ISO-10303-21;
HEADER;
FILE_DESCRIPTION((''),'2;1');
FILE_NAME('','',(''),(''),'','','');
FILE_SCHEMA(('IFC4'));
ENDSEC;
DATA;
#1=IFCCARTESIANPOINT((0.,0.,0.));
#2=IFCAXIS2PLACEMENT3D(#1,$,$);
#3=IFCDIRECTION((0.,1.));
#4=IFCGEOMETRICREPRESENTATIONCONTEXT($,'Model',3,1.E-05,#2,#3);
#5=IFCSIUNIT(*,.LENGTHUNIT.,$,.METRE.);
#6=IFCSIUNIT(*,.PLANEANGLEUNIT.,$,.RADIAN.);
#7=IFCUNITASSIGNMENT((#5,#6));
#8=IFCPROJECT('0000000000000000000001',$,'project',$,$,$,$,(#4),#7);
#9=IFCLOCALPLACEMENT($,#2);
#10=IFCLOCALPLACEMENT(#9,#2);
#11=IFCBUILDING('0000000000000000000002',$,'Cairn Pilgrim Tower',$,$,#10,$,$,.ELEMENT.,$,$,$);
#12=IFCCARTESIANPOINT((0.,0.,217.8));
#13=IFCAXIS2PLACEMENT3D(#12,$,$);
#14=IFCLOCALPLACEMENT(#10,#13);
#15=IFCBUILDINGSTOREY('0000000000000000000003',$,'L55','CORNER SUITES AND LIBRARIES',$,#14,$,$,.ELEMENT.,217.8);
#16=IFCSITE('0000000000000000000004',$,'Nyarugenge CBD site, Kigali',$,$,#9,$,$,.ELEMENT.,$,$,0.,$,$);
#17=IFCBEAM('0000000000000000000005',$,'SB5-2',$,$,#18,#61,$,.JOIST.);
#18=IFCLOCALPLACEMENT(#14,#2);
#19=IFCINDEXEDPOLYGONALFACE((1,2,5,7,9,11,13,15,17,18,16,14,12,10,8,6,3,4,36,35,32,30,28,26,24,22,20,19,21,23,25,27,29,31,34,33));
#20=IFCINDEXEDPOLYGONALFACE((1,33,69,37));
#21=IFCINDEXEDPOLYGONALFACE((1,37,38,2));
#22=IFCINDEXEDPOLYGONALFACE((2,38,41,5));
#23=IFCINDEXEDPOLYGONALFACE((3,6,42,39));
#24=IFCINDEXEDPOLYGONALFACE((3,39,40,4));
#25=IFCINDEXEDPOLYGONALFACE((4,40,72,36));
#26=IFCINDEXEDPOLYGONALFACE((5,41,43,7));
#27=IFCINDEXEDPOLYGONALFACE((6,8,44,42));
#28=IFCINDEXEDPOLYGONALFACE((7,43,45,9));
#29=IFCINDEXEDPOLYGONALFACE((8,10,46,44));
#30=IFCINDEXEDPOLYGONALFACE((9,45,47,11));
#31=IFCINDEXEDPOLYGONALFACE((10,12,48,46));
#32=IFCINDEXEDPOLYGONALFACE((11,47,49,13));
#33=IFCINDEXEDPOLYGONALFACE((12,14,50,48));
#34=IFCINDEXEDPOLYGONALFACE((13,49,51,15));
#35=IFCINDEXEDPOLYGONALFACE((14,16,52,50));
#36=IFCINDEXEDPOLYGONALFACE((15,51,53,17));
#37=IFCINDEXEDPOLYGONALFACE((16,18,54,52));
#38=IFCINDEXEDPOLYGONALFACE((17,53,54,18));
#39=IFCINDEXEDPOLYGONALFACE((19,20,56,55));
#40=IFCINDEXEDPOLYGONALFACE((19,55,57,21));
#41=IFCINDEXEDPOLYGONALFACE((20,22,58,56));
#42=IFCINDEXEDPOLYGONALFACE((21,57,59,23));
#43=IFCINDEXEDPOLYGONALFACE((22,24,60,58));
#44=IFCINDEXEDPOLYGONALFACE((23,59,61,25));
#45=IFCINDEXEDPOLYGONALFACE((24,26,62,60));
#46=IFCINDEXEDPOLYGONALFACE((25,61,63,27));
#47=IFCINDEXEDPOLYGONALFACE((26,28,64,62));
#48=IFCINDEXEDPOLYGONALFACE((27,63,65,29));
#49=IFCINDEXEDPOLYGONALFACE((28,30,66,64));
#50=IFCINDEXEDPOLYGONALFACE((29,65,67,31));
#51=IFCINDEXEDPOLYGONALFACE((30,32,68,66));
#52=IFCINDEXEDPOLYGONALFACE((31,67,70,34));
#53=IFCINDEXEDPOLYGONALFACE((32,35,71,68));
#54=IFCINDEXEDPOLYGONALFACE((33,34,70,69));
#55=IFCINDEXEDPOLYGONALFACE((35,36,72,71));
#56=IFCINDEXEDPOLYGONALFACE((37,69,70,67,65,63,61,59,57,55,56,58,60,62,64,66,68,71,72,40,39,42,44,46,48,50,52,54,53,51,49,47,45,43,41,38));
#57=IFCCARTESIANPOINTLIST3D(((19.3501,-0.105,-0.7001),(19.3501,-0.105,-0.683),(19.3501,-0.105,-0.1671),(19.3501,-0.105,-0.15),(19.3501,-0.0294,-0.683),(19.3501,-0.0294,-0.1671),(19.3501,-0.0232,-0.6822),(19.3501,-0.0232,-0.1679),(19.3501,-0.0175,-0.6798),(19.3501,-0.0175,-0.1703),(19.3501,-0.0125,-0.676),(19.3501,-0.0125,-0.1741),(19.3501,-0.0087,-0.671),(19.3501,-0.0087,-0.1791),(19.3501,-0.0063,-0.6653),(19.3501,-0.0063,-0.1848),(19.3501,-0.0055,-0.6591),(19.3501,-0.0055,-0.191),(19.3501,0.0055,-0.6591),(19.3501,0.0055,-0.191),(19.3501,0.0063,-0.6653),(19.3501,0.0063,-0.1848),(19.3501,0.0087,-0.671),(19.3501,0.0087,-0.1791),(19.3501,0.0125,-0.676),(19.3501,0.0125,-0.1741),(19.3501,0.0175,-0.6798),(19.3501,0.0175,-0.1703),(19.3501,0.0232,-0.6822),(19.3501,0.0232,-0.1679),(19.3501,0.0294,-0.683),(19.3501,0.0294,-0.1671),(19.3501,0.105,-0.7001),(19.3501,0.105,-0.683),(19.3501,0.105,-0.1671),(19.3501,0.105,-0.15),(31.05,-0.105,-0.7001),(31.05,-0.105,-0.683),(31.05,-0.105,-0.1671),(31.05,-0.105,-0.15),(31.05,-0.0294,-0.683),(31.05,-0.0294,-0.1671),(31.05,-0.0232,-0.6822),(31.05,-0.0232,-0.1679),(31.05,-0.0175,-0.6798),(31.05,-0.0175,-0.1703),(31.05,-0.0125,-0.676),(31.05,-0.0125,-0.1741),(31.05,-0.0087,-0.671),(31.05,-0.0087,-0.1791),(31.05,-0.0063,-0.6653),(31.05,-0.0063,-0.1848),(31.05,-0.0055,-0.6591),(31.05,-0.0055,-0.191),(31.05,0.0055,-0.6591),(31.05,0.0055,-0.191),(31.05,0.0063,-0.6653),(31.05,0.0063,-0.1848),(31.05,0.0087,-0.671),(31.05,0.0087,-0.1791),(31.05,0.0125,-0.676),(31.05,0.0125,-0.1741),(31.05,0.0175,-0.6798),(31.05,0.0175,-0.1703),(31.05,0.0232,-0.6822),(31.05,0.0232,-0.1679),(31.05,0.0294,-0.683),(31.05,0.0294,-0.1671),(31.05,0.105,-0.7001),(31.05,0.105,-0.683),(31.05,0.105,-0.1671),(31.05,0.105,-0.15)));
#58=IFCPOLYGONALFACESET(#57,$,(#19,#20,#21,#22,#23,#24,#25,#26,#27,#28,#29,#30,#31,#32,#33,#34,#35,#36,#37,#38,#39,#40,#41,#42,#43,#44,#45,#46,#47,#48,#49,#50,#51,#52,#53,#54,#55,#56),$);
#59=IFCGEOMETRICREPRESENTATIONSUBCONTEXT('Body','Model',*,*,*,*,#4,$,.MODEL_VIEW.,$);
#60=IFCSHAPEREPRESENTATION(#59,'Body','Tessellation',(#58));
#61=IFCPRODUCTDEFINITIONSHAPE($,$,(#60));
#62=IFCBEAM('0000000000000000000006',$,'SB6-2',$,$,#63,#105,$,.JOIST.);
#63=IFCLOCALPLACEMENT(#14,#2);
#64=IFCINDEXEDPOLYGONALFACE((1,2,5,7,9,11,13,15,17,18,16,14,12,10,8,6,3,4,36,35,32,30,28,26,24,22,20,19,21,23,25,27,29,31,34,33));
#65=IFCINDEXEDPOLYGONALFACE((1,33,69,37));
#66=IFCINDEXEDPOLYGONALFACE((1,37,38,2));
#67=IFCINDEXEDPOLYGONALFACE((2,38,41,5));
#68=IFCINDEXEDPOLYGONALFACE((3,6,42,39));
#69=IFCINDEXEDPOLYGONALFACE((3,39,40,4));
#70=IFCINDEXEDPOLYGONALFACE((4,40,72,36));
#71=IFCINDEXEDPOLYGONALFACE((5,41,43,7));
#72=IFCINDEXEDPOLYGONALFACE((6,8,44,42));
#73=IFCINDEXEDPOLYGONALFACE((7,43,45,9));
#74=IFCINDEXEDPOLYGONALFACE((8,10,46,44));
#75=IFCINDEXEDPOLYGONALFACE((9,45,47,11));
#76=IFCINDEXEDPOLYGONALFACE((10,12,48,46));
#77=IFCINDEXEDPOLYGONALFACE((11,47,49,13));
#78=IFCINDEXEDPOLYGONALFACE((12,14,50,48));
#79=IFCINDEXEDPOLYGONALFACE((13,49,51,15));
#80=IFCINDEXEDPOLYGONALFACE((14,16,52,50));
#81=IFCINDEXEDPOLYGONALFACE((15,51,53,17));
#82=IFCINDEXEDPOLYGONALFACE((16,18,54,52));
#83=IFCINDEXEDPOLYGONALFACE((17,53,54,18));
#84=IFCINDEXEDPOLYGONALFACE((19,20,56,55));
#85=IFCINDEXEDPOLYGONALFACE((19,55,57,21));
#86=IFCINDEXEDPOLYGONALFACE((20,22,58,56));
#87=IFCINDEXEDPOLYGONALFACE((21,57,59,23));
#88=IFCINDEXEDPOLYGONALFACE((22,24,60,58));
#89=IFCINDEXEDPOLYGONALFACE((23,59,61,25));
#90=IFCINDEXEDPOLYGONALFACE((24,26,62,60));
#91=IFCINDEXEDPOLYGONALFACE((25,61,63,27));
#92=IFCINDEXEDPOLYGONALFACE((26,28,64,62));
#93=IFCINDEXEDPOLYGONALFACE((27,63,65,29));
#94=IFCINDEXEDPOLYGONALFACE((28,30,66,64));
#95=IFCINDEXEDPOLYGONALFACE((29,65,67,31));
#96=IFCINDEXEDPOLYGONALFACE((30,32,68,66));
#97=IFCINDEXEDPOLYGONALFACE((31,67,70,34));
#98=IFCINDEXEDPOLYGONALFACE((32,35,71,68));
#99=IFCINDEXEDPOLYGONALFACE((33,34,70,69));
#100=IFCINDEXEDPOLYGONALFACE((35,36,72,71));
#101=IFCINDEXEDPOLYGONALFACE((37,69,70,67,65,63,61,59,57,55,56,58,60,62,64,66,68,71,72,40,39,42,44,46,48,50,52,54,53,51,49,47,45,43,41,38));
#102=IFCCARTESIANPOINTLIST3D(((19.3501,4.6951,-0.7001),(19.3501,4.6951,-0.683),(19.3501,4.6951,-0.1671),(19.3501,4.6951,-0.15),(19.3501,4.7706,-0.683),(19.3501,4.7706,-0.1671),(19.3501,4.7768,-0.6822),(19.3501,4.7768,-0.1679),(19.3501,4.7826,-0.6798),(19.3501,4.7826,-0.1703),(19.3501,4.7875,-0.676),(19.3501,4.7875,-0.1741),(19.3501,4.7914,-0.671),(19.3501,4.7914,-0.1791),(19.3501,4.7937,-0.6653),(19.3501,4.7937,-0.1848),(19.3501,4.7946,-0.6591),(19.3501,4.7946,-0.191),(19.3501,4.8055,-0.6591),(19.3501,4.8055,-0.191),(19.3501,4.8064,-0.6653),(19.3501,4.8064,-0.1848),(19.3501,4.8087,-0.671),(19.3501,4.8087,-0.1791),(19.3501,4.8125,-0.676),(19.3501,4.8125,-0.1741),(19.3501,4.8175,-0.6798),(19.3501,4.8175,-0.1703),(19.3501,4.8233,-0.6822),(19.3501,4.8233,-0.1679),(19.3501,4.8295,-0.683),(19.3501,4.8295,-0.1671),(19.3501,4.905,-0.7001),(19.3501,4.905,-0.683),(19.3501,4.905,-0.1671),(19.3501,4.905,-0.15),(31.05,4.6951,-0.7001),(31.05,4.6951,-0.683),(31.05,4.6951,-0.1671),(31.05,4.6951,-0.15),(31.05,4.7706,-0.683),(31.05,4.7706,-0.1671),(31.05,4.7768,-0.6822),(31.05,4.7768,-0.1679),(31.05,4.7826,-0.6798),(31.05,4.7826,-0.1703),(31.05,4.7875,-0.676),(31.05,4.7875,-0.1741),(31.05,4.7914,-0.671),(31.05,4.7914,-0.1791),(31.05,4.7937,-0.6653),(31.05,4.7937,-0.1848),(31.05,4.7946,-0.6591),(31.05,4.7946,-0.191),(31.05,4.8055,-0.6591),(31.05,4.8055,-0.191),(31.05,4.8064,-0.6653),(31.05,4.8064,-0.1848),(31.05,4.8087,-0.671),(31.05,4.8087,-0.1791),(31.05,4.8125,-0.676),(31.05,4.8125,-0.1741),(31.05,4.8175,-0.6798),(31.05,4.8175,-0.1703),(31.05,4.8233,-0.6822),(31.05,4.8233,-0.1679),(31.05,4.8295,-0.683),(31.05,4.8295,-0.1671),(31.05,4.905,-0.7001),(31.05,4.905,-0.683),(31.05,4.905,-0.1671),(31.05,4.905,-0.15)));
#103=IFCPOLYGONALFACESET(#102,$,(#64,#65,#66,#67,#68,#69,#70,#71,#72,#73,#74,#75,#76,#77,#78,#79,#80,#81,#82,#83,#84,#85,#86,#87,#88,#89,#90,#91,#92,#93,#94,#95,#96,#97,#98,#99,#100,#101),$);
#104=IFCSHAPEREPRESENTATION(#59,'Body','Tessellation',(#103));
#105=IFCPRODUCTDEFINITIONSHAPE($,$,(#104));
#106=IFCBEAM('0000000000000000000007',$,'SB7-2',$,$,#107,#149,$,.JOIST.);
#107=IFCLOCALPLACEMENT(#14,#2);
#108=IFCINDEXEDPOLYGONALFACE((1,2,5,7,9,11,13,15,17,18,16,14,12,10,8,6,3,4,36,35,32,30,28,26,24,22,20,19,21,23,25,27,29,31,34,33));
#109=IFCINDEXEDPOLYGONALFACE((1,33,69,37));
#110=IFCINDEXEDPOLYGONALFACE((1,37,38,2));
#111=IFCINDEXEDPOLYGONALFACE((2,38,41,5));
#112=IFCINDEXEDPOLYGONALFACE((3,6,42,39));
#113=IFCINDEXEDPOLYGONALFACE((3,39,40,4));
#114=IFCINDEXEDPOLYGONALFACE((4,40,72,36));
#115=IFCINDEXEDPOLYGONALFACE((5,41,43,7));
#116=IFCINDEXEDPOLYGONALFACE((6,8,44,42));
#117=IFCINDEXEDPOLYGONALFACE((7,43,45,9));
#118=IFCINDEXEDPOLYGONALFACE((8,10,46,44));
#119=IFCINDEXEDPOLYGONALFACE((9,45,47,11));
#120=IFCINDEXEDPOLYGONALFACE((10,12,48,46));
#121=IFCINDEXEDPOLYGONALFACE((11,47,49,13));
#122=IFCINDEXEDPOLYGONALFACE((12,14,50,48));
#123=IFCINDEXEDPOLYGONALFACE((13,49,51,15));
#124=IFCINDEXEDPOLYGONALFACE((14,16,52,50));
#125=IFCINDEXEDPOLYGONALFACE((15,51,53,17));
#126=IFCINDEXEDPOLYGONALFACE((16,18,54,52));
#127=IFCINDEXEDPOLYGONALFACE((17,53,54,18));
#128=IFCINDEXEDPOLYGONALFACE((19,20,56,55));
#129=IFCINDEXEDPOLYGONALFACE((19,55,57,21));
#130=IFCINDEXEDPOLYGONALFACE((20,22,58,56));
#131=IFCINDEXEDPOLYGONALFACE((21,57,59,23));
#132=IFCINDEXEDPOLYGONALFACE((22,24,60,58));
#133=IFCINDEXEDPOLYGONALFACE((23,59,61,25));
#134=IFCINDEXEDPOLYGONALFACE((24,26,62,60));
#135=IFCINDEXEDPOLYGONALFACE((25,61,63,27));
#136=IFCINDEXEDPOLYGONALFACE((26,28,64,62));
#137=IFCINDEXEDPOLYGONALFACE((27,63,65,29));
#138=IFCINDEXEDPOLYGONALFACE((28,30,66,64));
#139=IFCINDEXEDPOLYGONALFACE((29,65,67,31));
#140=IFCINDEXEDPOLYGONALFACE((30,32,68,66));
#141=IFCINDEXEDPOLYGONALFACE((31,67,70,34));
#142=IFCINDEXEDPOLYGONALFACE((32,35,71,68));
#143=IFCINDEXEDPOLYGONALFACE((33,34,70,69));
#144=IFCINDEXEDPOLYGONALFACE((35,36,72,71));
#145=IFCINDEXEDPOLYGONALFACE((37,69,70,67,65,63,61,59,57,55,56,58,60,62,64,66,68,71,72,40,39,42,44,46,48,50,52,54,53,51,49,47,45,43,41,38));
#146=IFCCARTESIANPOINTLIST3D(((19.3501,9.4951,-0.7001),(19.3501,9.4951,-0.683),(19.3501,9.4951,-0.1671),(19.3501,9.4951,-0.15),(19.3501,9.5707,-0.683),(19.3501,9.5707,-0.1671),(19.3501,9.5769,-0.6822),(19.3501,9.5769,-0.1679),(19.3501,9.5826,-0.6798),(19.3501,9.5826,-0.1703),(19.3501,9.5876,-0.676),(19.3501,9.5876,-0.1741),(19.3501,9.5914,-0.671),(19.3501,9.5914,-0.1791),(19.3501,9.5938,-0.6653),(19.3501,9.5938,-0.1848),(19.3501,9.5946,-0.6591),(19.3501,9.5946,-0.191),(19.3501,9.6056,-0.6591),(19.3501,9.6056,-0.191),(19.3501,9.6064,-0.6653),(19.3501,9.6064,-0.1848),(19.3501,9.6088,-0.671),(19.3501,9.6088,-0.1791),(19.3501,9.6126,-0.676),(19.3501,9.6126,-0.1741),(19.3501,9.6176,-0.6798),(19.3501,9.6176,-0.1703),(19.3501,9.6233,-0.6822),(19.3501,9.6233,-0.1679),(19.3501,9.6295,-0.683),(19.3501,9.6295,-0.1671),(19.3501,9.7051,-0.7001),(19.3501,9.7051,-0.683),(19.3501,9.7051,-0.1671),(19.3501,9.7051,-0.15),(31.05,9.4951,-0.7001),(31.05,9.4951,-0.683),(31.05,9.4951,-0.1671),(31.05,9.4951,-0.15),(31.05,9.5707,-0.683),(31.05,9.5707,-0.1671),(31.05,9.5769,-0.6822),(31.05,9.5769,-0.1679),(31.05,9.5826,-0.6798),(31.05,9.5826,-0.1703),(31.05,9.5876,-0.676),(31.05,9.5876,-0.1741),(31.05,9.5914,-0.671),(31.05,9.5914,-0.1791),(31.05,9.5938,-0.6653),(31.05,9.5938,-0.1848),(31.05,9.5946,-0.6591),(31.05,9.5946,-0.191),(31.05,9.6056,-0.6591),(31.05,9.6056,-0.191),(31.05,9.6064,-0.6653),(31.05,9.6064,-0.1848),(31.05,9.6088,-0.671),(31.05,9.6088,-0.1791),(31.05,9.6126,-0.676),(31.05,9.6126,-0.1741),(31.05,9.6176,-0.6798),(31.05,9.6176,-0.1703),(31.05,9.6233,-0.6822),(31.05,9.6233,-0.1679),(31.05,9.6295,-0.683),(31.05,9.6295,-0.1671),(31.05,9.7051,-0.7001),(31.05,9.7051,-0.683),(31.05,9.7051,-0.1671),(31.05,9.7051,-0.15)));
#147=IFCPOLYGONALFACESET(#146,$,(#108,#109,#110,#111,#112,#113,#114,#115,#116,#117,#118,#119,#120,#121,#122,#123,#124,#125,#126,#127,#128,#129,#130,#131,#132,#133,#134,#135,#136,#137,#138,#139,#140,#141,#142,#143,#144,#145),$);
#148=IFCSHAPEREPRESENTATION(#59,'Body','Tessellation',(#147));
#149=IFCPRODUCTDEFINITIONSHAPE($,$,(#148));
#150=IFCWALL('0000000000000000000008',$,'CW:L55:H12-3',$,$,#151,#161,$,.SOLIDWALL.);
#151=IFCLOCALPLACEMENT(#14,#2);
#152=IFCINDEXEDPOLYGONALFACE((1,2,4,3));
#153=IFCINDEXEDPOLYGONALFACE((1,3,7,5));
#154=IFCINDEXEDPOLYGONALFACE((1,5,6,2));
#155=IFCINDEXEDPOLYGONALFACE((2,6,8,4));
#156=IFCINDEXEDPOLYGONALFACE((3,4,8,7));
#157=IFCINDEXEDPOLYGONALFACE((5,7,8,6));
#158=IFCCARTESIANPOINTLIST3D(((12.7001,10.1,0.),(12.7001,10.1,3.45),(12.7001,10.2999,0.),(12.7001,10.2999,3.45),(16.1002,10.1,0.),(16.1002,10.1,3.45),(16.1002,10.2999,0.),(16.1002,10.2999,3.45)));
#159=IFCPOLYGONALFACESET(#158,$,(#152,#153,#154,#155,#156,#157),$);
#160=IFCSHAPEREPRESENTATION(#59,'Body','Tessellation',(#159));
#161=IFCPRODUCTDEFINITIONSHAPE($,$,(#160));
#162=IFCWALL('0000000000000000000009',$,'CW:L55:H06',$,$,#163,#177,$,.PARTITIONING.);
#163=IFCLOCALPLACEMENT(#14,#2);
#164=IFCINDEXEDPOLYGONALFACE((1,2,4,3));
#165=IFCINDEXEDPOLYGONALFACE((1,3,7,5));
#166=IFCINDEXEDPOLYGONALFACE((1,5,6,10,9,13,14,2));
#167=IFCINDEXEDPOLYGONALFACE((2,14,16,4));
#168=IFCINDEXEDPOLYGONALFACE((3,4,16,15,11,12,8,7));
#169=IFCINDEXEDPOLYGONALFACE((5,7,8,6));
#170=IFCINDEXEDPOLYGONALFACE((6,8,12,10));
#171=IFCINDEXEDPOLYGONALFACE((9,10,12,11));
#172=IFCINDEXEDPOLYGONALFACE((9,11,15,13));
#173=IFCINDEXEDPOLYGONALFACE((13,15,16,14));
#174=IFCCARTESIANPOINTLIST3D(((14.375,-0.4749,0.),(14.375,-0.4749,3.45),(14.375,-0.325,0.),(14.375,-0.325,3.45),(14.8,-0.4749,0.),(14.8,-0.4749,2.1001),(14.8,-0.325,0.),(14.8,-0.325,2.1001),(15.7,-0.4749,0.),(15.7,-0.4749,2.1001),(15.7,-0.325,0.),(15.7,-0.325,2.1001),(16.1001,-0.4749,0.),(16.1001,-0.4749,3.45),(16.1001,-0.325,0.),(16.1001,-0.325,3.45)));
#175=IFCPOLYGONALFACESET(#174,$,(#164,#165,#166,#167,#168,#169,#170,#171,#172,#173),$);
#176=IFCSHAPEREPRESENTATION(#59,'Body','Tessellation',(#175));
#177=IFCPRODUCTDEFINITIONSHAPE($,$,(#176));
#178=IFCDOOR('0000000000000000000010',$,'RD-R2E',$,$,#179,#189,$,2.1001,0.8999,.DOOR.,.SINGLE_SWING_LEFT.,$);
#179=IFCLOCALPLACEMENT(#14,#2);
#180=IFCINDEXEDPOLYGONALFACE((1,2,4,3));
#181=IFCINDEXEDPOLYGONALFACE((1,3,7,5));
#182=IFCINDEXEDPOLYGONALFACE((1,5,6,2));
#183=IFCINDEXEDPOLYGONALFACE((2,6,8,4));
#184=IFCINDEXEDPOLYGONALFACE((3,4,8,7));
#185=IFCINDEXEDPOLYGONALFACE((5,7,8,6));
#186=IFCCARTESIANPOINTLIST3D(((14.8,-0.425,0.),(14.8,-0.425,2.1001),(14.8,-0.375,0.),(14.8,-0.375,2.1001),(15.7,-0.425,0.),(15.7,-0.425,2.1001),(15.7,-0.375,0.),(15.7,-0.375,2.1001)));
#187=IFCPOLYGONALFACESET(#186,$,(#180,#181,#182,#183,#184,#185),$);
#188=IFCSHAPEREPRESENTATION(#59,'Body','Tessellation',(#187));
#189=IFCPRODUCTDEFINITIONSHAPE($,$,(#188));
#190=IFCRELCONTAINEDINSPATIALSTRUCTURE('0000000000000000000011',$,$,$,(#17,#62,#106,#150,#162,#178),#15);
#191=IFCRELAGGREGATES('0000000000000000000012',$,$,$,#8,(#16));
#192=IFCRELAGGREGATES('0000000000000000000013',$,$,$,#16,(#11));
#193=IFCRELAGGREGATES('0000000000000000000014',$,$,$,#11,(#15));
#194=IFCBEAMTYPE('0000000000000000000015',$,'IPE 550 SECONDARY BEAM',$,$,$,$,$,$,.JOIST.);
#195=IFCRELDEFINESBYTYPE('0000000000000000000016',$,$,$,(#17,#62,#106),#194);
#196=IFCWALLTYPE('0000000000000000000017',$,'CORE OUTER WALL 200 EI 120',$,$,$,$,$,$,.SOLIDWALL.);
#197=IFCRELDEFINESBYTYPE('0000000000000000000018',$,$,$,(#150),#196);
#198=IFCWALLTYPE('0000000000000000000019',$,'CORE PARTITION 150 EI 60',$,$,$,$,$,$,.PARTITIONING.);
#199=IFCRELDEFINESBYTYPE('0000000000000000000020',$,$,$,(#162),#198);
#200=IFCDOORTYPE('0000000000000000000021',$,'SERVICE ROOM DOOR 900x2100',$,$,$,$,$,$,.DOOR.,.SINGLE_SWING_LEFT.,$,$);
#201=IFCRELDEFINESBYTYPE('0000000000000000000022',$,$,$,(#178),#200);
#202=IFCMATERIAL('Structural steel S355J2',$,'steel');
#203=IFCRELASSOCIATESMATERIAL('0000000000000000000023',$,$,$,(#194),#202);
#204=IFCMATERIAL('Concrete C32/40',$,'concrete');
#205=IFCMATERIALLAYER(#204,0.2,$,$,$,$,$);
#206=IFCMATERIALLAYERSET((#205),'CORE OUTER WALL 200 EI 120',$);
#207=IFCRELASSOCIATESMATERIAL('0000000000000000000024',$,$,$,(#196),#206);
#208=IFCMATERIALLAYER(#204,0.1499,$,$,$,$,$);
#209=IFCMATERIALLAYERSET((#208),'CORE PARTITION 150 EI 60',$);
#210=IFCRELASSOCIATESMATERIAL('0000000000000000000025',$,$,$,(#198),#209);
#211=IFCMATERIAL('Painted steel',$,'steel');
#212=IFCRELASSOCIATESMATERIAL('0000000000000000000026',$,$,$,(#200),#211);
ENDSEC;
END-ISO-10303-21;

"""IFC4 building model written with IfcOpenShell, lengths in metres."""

from ifc_helpers import new_model, si_unit, direction, frame, frame_2d, origin, origin_2d, place, context, subcontext, project, spatial, rectangle, i_section, extrude, material, layer, layer_set, material_profile, profile_set, type_object, element, fill, save


model = new_model("IFC4")

# Units and contexts
model_context = context("Model", 3, precision=1e-05, world=origin(), true_north=direction((0.0, 1.0)))
body_context = subcontext(model_context, "Body", "Model", "MODEL_VIEW")
ifc_project = project(units=[si_unit("LENGTHUNIT", "METRE"), si_unit("PLANEANGLEUNIT", "RADIAN")], contexts=[model_context])

# Site, building, storey
site_placement = place(None, origin())
site = spatial("IfcSite", under=ifc_project, at=site_placement, Name="Nyarugenge CBD site, Kigali", CompositionType="ELEMENT", RefElevation=0.0)
building_placement = place(site_placement, origin())
building = spatial("IfcBuilding", under=site, at=building_placement, Name="Cairn Pilgrim Tower", CompositionType="ELEMENT")
storey_placement = place(building_placement, frame((0.0, 0.0, 217.8)))
storey = spatial("IfcBuildingStorey", under=building, at=storey_placement, Name="L55", Description="CORNER SUITES AND LIBRARIES", CompositionType="ELEMENT", Elevation=217.8)

# Shared definitions
ifc_material_1 = material(Name="Structural steel S355J2", Category="steel")

# Beams
ifc_material_profile_1 = material_profile(ifc_material_1, i_section(OverallWidth=0.21, OverallDepth=0.55, WebThickness=0.011, FlangeThickness=0.0171, FilletRadius=0.0239, at=origin_2d()), Name="IPE 550")
ifc_profile_set_1 = profile_set([ifc_material_profile_1], Name="Structural steel S355J2")
beam_type_1 = type_object("IfcBeamType", Name="IPE 550 SECONDARY BEAM", PredefinedType="JOIST", material=ifc_profile_set_1)
for number, where, z_axis, x_axis, name in (
    (1, (19.3501, 0.0, -0.425), (1.0, 0.0, 0.0), (0.0, 1.0, 0.0), "SB5-2"),
    (2, (19.3501, 4.8, -0.425), (1.0, 0.0, 0.0), (0.0, 1.0, 0.0), "SB6-2"),
    (3, (19.3501, 9.6001, -0.425), (1.0, 0.0, 0.0), (0.0, 1.0, 0.0), "SB7-2"),
):
    element("IfcBeam", number, at=place(storey_placement, frame(where, z_axis=z_axis, x_axis=x_axis)), inside=storey, type_object=beam_type_1, Name=name, PredefinedType="JOIST", context=body_context, shape_type="SweptSolid", body=[
        extrude(i_section(OverallWidth=0.21, OverallDepth=0.55, WebThickness=0.011, FlangeThickness=0.0171, FilletRadius=0.0239, at=origin_2d()), origin(), (0.0, 0.0, 1.0), 11.7),
    ])

# Wall
ifc_material_2 = material(Name="Concrete C32/40", Category="concrete")
ifc_layer_1 = layer(ifc_material_2, 0.2)
ifc_layer_set_1 = layer_set([ifc_layer_1], Name="CORE OUTER WALL 200 EI 120")
wall_type_1 = type_object("IfcWallType", Name="CORE OUTER WALL 200 EI 120", PredefinedType="SOLIDWALL", material=ifc_layer_set_1)
wall_1_placement = place(storey_placement, frame((12.7, 10.2, 0.0), z_axis=(0.0, 0.0, 1.0), x_axis=(1.0, 0.0, 0.0)))
element("IfcWall", 4, at=wall_1_placement, inside=storey, type_object=wall_type_1, Name="CW:L55:H12-3", PredefinedType="SOLIDWALL", context=body_context, shape_type="SweptSolid", body=[
    extrude(rectangle(XDim=3.4001, YDim=0.2, at=frame_2d((1.7002, 0.0))), origin(), (0.0, 0.0, 1.0), 3.45),
])

# Wall, opening, door
ifc_layer_2 = layer(ifc_material_2, 0.1499)
ifc_layer_set_2 = layer_set([ifc_layer_2], Name="CORE PARTITION 150 EI 60")
wall_type_2 = type_object("IfcWallType", Name="CORE PARTITION 150 EI 60", PredefinedType="PARTITIONING", material=ifc_layer_set_2)
wall_2_placement = place(storey_placement, frame((14.375, -0.3999, 0.0), z_axis=(0.0, 0.0, 1.0), x_axis=(1.0, 0.0, 0.0)))
wall_2 = element("IfcWall", 5, at=wall_2_placement, inside=storey, type_object=wall_type_2, Name="CW:L55:H06", PredefinedType="PARTITIONING", context=body_context, shape_type="SweptSolid", body=[
    extrude(rectangle(XDim=1.7251, YDim=0.1499, at=frame_2d((0.8625, 0.0))), origin(), (0.0, 0.0, 1.0), 3.45),
])
opening_1_placement = place(wall_2_placement, frame((0.425, 0.0, 0.0)))
opening_1 = element("IfcOpeningElement", 6, at=opening_1_placement, cuts=wall_2, PredefinedType="OPENING", context=body_context, shape_type="SweptSolid", body=[
    extrude(rectangle(XDim=0.8999, YDim=2.1001, at=frame_2d((0.45, 1.05))), frame((0.0, 0.085, 0.0), z_axis=(0.0, -1.0, 0.0), x_axis=(1.0, 0.0, 0.0)), (0.0, 0.0, 1.0), 0.1699),
])
ifc_material_3 = material(Name="Painted steel", Category="steel")
door_type = type_object("IfcDoorType", Name="SERVICE ROOM DOOR 900x2100", OperationType="SINGLE_SWING_LEFT", PredefinedType="DOOR", material=ifc_material_3)
door_1_placement = place(opening_1_placement, origin())
door_1 = element("IfcDoor", 7, at=door_1_placement, inside=storey, type_object=door_type, Name="RD-R2E", OperationType="SINGLE_SWING_LEFT", OverallHeight=2.1001, OverallWidth=0.8999, PredefinedType="DOOR", context=body_context, shape_type="SweptSolid", body=[
    extrude(rectangle(XDim=0.8999, YDim=2.1001, at=frame_2d((0.45, 1.05))), frame((0.0, 0.0249, 0.0), z_axis=(0.0, -1.0, 0.0), x_axis=(1.0, 0.0, 0.0)), (0.0, 0.0, 1.0), 0.05),
])
fill(opening_1, door_1)

save(model, "model.ifc")
